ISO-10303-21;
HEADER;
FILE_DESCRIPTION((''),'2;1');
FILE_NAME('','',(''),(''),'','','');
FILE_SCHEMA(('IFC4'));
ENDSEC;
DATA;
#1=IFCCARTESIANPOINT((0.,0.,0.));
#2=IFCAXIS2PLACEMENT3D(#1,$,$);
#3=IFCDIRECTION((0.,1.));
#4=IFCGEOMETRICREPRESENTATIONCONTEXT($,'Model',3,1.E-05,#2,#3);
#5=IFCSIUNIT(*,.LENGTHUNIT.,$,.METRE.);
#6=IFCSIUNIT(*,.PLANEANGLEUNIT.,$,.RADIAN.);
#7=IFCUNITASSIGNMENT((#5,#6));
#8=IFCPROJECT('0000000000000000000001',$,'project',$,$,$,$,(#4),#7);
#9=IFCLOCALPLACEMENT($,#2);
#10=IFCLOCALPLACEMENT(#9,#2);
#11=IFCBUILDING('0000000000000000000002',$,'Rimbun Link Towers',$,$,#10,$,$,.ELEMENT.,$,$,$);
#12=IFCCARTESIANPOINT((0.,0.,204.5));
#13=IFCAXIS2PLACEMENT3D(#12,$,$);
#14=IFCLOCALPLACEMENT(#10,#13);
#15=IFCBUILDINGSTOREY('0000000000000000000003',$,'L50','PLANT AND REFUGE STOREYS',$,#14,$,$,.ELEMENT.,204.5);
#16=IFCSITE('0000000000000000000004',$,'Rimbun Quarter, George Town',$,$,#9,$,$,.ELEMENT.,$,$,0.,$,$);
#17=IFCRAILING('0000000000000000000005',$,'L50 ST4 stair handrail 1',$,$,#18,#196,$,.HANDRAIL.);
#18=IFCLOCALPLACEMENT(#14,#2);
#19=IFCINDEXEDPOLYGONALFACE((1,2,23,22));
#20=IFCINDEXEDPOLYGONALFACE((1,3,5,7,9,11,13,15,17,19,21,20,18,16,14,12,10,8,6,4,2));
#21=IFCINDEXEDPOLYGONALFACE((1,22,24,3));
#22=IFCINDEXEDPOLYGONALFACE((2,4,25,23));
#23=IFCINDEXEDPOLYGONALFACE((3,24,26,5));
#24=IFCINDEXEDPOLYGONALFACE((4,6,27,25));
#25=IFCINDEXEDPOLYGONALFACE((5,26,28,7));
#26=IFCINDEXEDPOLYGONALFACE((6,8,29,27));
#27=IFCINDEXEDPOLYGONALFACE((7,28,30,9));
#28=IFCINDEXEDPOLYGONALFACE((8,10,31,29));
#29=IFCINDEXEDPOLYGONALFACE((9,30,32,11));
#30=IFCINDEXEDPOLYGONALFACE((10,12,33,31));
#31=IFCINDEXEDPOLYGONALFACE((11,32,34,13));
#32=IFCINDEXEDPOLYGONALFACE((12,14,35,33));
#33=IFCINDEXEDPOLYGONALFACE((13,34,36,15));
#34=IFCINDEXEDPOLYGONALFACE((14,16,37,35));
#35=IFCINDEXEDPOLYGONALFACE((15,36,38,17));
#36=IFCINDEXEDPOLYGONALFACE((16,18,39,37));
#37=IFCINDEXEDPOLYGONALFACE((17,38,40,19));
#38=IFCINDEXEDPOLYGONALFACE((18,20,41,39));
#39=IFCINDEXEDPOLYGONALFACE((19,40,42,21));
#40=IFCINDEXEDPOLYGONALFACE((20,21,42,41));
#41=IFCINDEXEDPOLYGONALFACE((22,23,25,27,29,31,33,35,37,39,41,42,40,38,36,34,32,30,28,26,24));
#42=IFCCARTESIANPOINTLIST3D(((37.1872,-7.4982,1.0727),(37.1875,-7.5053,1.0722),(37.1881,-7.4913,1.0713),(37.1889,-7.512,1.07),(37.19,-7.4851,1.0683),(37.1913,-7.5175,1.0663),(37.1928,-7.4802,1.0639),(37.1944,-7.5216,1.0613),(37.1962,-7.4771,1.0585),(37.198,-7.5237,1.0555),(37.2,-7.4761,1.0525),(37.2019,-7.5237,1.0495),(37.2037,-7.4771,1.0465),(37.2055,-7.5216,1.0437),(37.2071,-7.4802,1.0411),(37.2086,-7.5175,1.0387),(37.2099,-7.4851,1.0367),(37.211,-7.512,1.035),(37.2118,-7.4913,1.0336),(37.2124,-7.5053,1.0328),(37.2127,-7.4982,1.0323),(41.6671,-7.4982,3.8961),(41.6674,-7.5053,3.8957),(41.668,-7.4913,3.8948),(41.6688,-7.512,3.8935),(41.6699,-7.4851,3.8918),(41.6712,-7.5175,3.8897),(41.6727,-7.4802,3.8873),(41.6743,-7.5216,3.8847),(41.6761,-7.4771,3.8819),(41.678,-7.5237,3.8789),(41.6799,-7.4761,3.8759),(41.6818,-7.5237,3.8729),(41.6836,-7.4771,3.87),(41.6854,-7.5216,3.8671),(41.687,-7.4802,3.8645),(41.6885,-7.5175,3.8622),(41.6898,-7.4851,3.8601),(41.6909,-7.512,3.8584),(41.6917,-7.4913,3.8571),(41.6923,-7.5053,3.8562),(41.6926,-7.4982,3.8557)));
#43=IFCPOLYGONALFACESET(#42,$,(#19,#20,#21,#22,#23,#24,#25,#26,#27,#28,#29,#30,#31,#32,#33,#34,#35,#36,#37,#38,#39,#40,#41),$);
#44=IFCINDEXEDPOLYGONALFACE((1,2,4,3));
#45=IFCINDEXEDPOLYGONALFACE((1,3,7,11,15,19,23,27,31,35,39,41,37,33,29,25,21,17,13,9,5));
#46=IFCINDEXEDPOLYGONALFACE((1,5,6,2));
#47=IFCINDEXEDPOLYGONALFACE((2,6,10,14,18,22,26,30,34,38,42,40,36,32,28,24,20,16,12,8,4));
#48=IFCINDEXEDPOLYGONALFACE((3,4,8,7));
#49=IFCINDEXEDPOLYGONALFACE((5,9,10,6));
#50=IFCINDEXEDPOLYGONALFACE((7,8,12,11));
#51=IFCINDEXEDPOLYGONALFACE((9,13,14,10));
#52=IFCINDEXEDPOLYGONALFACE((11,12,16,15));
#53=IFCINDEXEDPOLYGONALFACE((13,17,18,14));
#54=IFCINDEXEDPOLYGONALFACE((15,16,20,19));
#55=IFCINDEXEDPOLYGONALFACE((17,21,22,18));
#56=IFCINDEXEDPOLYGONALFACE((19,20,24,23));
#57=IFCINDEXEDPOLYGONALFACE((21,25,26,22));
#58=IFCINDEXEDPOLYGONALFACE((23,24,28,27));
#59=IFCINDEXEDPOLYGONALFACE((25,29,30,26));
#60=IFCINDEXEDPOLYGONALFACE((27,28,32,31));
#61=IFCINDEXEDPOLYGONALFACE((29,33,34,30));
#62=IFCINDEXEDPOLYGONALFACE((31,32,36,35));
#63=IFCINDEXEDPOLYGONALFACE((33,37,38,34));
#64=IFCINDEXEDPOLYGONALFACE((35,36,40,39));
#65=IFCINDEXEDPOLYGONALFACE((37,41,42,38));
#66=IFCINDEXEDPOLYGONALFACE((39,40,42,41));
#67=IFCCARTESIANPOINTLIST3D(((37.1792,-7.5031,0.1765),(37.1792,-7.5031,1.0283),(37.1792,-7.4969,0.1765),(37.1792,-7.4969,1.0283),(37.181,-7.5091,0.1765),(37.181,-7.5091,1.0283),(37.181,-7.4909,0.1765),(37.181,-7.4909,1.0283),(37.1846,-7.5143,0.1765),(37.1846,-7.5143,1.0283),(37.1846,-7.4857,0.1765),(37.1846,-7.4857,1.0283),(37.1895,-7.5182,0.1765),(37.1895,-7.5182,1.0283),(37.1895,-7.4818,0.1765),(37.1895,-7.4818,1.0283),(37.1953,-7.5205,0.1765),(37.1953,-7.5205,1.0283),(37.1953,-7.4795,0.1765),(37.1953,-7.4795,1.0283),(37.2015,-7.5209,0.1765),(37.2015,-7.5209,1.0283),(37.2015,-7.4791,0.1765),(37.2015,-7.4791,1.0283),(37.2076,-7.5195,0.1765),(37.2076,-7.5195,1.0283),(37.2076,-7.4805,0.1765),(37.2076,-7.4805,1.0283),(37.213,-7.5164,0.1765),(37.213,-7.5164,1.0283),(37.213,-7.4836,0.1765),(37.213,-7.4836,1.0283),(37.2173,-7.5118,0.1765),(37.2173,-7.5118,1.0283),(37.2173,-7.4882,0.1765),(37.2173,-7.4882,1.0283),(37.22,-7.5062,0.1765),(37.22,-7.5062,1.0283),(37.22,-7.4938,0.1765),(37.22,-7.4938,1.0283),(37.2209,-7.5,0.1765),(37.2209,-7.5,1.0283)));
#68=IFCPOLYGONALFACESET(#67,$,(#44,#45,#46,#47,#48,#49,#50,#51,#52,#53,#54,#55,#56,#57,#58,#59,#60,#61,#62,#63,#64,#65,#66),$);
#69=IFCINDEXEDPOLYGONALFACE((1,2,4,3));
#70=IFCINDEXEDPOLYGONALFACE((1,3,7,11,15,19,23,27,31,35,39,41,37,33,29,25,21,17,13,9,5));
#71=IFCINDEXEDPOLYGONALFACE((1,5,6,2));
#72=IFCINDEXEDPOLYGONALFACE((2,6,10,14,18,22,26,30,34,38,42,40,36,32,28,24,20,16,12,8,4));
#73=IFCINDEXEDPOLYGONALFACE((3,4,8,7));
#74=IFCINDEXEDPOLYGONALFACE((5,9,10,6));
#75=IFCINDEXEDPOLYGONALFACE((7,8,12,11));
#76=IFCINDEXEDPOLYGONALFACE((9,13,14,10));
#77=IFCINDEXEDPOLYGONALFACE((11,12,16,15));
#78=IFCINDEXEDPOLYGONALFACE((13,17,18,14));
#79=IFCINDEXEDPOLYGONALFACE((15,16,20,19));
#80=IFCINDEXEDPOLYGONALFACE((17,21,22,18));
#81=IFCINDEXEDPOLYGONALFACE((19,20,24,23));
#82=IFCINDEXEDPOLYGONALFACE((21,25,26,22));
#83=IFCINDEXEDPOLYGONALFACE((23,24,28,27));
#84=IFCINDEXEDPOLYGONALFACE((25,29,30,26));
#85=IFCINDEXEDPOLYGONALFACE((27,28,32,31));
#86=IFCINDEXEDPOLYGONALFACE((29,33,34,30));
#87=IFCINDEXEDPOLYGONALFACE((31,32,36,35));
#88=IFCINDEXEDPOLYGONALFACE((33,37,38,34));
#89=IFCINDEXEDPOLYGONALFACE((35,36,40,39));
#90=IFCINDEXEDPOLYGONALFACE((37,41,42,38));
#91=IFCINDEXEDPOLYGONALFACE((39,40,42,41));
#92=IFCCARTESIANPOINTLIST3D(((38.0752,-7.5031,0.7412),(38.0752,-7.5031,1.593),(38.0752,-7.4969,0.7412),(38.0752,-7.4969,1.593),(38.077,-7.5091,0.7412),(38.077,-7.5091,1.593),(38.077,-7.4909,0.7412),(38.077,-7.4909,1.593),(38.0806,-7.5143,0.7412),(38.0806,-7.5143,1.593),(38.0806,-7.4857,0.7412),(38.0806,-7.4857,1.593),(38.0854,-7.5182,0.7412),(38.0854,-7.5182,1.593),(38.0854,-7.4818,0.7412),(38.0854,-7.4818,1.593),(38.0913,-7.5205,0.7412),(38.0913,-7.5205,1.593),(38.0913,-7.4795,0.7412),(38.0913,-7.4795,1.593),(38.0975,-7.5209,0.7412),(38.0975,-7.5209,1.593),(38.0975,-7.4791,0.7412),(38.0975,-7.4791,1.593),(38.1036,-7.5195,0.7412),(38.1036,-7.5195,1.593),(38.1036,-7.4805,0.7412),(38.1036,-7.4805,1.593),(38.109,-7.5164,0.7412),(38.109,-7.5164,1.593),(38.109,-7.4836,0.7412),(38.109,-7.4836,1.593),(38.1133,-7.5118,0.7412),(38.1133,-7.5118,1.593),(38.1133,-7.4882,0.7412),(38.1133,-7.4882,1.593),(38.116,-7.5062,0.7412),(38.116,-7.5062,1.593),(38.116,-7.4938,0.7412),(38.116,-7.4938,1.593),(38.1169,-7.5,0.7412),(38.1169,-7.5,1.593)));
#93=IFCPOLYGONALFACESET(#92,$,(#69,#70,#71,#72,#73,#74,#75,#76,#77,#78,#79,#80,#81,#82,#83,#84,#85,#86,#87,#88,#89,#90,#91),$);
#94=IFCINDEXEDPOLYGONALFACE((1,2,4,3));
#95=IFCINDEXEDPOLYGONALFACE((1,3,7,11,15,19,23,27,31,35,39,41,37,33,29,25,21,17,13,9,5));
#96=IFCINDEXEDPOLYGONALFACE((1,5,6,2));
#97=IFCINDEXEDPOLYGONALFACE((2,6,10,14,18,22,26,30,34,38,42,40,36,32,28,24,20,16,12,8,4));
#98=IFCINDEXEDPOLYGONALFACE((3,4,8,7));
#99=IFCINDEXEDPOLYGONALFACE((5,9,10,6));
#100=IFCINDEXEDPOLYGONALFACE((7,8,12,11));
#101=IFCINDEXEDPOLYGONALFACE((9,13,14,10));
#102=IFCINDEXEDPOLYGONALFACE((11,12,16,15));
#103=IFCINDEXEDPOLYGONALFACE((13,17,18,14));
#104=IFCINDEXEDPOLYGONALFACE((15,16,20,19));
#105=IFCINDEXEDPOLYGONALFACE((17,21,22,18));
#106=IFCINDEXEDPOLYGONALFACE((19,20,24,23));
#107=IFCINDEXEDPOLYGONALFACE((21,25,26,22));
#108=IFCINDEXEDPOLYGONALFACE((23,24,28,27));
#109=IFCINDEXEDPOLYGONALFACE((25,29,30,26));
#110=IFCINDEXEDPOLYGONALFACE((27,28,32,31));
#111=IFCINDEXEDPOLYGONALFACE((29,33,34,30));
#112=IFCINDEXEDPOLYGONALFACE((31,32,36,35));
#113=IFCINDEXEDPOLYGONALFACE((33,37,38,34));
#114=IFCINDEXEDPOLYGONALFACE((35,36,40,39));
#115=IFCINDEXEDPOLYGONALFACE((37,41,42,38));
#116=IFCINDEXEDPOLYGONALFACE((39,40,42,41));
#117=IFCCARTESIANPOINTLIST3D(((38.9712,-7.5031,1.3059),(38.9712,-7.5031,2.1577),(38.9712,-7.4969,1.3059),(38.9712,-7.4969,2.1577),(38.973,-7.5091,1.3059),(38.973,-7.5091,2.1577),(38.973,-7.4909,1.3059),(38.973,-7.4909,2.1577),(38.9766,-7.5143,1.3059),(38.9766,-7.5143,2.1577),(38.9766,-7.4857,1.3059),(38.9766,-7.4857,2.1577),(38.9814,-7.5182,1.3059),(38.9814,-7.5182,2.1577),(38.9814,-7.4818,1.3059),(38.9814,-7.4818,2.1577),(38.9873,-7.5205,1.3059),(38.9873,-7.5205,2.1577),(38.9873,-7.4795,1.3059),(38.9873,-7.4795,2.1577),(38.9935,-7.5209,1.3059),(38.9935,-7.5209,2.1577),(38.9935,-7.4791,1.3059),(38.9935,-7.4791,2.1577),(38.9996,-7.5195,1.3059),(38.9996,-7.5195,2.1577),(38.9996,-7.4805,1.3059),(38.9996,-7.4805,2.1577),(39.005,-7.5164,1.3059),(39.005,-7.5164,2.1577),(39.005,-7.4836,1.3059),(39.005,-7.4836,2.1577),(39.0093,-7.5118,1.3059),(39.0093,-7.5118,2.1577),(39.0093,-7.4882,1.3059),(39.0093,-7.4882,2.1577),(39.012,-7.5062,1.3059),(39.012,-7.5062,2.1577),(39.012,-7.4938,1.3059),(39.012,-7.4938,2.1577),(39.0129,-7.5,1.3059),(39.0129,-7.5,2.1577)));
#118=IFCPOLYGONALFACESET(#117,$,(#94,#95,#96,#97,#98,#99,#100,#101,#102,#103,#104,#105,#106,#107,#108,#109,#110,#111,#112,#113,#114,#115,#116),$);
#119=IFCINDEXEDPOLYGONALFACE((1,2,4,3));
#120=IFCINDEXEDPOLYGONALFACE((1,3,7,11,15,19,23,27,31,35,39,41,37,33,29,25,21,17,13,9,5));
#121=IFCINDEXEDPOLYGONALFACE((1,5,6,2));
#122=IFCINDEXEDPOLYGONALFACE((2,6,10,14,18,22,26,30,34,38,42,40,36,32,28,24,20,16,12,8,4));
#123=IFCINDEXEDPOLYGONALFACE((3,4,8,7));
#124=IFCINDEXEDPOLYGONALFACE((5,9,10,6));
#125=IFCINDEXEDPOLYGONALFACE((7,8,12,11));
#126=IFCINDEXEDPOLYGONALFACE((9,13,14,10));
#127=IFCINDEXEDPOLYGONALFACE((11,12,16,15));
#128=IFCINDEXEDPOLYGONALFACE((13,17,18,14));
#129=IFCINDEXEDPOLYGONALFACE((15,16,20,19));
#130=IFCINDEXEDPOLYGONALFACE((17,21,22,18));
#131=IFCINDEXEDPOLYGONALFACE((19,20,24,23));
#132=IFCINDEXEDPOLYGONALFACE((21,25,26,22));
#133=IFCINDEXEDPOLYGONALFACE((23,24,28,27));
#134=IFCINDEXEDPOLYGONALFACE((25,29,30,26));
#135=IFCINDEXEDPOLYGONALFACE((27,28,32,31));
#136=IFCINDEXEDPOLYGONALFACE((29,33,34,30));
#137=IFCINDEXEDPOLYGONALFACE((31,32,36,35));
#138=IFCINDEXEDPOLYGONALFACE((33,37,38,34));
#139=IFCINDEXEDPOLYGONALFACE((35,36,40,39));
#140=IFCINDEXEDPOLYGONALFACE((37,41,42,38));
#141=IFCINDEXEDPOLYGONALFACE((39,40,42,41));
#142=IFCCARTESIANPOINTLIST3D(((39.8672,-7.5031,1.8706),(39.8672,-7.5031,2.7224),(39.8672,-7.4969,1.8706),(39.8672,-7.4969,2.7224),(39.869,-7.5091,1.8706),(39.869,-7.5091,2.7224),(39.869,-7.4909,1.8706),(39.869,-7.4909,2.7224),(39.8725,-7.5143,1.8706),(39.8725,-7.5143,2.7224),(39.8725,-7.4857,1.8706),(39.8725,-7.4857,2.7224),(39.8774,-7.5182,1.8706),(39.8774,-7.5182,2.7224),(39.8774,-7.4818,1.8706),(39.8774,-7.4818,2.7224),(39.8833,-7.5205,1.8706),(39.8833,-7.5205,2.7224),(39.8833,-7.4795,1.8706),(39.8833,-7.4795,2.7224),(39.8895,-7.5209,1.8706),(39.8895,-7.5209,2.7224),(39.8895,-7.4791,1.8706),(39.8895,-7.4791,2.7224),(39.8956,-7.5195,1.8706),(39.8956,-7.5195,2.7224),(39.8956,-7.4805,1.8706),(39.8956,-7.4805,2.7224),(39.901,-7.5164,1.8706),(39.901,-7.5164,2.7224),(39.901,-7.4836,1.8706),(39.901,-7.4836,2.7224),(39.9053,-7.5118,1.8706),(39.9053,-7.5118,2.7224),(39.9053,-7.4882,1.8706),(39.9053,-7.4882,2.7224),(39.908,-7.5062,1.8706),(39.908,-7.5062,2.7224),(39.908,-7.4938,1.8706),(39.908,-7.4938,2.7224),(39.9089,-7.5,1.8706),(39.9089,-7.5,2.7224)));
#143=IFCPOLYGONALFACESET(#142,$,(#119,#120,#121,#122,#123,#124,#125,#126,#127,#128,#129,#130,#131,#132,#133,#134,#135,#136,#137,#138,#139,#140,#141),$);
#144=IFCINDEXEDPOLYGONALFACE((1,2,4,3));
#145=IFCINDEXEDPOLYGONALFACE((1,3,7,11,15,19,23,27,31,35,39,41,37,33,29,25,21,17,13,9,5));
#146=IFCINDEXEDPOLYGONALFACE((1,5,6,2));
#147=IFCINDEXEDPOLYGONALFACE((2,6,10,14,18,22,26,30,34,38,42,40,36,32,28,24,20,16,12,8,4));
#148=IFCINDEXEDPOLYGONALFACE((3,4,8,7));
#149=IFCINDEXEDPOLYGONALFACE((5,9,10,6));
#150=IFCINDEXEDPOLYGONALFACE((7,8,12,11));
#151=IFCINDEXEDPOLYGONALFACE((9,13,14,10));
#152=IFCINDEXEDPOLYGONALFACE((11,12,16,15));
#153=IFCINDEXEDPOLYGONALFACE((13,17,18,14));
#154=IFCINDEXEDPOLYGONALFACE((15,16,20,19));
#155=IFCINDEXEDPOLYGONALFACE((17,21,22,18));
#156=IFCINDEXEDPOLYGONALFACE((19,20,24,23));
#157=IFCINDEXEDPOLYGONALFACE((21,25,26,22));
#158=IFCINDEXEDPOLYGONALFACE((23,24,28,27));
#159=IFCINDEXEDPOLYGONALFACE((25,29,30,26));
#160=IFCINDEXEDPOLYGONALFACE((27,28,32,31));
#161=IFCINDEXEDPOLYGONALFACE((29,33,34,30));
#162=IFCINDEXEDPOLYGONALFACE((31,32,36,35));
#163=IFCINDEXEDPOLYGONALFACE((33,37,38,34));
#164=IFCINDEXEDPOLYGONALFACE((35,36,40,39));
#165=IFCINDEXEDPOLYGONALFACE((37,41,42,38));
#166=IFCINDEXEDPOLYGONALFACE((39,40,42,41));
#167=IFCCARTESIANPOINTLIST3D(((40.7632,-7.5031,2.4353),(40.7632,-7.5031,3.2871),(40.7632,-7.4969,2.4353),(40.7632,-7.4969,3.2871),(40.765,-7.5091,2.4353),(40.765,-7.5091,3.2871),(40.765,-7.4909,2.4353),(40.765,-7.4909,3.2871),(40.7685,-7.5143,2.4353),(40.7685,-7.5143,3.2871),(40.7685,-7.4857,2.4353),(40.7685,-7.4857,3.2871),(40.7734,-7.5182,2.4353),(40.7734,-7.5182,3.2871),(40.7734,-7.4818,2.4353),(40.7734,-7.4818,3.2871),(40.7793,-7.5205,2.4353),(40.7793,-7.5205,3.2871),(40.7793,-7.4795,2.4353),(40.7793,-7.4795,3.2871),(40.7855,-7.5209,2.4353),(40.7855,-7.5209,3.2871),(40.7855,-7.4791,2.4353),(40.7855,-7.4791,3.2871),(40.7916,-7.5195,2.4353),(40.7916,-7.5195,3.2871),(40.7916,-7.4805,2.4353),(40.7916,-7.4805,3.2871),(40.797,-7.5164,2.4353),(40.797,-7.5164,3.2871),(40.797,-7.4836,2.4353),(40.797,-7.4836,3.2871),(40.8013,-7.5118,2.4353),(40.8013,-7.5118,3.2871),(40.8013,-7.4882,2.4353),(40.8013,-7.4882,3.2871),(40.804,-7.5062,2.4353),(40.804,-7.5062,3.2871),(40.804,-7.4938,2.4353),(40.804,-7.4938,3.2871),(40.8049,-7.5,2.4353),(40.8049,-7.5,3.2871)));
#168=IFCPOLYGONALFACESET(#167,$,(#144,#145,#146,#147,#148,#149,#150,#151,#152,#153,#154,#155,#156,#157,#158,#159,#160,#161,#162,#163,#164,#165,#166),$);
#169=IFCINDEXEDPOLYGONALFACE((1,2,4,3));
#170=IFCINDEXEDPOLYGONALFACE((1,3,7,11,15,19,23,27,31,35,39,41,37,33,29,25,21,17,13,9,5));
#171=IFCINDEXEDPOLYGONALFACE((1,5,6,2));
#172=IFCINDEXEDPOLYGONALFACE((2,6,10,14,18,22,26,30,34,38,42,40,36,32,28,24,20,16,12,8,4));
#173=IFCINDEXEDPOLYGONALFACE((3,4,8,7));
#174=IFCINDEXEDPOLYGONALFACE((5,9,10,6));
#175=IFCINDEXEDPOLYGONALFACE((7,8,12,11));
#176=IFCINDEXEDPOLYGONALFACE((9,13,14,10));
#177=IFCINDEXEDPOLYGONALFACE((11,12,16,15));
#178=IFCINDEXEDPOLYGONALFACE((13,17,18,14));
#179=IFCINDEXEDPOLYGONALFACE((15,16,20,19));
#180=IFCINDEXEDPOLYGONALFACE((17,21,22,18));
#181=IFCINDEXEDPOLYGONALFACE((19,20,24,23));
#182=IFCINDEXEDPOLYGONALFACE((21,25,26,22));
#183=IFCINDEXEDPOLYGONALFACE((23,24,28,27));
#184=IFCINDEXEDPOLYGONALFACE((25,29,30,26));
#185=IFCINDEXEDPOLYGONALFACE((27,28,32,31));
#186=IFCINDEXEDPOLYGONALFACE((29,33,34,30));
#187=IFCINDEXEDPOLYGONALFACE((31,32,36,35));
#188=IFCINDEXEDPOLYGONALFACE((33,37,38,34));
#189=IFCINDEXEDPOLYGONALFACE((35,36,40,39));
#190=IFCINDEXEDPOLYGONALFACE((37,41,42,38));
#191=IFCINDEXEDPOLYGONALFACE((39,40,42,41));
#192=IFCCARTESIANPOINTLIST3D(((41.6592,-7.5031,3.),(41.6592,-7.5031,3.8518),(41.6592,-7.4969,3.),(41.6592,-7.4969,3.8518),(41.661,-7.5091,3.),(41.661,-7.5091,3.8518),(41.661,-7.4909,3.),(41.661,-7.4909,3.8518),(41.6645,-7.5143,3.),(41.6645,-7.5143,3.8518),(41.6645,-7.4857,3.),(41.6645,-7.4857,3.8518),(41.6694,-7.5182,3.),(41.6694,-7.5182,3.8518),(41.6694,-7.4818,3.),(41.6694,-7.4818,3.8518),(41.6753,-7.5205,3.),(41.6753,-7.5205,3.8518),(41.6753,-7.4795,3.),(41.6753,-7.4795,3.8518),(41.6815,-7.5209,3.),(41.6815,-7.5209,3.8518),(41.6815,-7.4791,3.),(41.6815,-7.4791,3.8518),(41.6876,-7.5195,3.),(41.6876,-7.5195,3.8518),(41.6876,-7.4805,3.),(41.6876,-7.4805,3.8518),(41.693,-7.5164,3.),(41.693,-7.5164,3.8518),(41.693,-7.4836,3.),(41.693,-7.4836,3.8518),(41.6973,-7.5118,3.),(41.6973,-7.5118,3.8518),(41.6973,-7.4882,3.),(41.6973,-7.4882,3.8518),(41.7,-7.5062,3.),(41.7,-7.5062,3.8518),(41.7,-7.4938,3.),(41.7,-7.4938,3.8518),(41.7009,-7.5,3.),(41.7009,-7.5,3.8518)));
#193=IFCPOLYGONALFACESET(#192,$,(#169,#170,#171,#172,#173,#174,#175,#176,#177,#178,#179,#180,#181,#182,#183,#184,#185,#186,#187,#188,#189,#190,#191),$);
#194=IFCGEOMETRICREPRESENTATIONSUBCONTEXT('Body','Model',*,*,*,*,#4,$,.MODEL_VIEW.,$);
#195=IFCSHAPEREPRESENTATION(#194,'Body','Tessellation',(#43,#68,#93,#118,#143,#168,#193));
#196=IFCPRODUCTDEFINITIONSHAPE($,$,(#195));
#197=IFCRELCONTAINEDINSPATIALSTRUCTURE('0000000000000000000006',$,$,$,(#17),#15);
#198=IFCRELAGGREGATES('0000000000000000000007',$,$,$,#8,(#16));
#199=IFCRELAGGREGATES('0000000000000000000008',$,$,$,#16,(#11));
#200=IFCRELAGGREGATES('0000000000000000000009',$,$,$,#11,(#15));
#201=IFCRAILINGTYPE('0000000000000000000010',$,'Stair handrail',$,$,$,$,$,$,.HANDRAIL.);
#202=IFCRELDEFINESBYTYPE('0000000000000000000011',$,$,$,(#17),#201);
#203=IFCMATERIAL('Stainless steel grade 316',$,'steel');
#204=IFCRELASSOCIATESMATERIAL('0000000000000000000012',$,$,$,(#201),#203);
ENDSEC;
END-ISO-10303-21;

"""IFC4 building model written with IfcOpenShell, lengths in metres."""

from ifc_helpers import new_model, si_unit, direction, frame, origin, origin_2d, place, context, subcontext, project, spatial, circle, extrude, material, type_object, element, save


model = new_model("IFC4")

# Units and contexts
model_context = context("Model", 3, precision=1e-05, world=origin(), true_north=direction((0.0, 1.0)))
body_context = subcontext(model_context, "Body", "Model", "MODEL_VIEW")
ifc_project = project(units=[si_unit("LENGTHUNIT", "METRE"), si_unit("PLANEANGLEUNIT", "RADIAN")], contexts=[model_context])

# Site, building, storey
site_placement = place(None, origin())
site = spatial("IfcSite", under=ifc_project, at=site_placement, Name="Rimbun Quarter, George Town", CompositionType="ELEMENT", RefElevation=0.0)
building_placement = place(site_placement, origin())
building = spatial("IfcBuilding", under=site, at=building_placement, Name="Rimbun Link Towers", CompositionType="ELEMENT")
storey_placement = place(building_placement, frame((0.0, 0.0, 204.5)))
storey = spatial("IfcBuildingStorey", under=building, at=storey_placement, Name="L50", Description="PLANT AND REFUGE STOREYS", CompositionType="ELEMENT", Elevation=204.5)

# Railing
ifc_material_1 = material(Name="Stainless steel grade 316", Category="steel")
railing_type_1 = type_object("IfcRailingType", Name="Stair handrail", PredefinedType="HANDRAIL", material=ifc_material_1)
railing_1_placement = place(storey_placement, frame((37.2, -7.5, 0.1765)))
element("IfcRailing", 1, at=railing_1_placement, inside=storey, type_object=railing_type_1, Name="L50 ST4 stair handrail 1", PredefinedType="HANDRAIL", context=body_context, shape_type="SweptSolid", body=[
    extrude(circle(Radius=0.0239, at=origin_2d()), frame((0.0, 0.0, 0.876), z_axis=(0.845998, 0.0, 0.533186), x_axis=(0.0, 1.0, 0.0)), (0.0, 0.0, 1.0), 5.2954),
    extrude(circle(Radius=0.021, at=origin_2d()), origin(), (0.0, 0.0, 1.0), 0.8518),
    extrude(circle(Radius=0.021, at=origin_2d()), frame((0.896, 0.0, 0.5647)), (0.0, 0.0, 1.0), 0.8518),
    extrude(circle(Radius=0.021, at=origin_2d()), frame((1.792, 0.0, 1.1294)), (0.0, 0.0, 1.0), 0.8518),
    extrude(circle(Radius=0.021, at=origin_2d()), frame((2.688, 0.0, 1.6941)), (0.0, 0.0, 1.0), 0.8518),
    extrude(circle(Radius=0.021, at=origin_2d()), frame((3.584, 0.0, 2.2588)), (0.0, 0.0, 1.0), 0.8518),
    extrude(circle(Radius=0.021, at=origin_2d()), frame((4.48, 0.0, 2.8235)), (0.0, 0.0, 1.0), 0.8518),
])

save(model, "model.ifc")
